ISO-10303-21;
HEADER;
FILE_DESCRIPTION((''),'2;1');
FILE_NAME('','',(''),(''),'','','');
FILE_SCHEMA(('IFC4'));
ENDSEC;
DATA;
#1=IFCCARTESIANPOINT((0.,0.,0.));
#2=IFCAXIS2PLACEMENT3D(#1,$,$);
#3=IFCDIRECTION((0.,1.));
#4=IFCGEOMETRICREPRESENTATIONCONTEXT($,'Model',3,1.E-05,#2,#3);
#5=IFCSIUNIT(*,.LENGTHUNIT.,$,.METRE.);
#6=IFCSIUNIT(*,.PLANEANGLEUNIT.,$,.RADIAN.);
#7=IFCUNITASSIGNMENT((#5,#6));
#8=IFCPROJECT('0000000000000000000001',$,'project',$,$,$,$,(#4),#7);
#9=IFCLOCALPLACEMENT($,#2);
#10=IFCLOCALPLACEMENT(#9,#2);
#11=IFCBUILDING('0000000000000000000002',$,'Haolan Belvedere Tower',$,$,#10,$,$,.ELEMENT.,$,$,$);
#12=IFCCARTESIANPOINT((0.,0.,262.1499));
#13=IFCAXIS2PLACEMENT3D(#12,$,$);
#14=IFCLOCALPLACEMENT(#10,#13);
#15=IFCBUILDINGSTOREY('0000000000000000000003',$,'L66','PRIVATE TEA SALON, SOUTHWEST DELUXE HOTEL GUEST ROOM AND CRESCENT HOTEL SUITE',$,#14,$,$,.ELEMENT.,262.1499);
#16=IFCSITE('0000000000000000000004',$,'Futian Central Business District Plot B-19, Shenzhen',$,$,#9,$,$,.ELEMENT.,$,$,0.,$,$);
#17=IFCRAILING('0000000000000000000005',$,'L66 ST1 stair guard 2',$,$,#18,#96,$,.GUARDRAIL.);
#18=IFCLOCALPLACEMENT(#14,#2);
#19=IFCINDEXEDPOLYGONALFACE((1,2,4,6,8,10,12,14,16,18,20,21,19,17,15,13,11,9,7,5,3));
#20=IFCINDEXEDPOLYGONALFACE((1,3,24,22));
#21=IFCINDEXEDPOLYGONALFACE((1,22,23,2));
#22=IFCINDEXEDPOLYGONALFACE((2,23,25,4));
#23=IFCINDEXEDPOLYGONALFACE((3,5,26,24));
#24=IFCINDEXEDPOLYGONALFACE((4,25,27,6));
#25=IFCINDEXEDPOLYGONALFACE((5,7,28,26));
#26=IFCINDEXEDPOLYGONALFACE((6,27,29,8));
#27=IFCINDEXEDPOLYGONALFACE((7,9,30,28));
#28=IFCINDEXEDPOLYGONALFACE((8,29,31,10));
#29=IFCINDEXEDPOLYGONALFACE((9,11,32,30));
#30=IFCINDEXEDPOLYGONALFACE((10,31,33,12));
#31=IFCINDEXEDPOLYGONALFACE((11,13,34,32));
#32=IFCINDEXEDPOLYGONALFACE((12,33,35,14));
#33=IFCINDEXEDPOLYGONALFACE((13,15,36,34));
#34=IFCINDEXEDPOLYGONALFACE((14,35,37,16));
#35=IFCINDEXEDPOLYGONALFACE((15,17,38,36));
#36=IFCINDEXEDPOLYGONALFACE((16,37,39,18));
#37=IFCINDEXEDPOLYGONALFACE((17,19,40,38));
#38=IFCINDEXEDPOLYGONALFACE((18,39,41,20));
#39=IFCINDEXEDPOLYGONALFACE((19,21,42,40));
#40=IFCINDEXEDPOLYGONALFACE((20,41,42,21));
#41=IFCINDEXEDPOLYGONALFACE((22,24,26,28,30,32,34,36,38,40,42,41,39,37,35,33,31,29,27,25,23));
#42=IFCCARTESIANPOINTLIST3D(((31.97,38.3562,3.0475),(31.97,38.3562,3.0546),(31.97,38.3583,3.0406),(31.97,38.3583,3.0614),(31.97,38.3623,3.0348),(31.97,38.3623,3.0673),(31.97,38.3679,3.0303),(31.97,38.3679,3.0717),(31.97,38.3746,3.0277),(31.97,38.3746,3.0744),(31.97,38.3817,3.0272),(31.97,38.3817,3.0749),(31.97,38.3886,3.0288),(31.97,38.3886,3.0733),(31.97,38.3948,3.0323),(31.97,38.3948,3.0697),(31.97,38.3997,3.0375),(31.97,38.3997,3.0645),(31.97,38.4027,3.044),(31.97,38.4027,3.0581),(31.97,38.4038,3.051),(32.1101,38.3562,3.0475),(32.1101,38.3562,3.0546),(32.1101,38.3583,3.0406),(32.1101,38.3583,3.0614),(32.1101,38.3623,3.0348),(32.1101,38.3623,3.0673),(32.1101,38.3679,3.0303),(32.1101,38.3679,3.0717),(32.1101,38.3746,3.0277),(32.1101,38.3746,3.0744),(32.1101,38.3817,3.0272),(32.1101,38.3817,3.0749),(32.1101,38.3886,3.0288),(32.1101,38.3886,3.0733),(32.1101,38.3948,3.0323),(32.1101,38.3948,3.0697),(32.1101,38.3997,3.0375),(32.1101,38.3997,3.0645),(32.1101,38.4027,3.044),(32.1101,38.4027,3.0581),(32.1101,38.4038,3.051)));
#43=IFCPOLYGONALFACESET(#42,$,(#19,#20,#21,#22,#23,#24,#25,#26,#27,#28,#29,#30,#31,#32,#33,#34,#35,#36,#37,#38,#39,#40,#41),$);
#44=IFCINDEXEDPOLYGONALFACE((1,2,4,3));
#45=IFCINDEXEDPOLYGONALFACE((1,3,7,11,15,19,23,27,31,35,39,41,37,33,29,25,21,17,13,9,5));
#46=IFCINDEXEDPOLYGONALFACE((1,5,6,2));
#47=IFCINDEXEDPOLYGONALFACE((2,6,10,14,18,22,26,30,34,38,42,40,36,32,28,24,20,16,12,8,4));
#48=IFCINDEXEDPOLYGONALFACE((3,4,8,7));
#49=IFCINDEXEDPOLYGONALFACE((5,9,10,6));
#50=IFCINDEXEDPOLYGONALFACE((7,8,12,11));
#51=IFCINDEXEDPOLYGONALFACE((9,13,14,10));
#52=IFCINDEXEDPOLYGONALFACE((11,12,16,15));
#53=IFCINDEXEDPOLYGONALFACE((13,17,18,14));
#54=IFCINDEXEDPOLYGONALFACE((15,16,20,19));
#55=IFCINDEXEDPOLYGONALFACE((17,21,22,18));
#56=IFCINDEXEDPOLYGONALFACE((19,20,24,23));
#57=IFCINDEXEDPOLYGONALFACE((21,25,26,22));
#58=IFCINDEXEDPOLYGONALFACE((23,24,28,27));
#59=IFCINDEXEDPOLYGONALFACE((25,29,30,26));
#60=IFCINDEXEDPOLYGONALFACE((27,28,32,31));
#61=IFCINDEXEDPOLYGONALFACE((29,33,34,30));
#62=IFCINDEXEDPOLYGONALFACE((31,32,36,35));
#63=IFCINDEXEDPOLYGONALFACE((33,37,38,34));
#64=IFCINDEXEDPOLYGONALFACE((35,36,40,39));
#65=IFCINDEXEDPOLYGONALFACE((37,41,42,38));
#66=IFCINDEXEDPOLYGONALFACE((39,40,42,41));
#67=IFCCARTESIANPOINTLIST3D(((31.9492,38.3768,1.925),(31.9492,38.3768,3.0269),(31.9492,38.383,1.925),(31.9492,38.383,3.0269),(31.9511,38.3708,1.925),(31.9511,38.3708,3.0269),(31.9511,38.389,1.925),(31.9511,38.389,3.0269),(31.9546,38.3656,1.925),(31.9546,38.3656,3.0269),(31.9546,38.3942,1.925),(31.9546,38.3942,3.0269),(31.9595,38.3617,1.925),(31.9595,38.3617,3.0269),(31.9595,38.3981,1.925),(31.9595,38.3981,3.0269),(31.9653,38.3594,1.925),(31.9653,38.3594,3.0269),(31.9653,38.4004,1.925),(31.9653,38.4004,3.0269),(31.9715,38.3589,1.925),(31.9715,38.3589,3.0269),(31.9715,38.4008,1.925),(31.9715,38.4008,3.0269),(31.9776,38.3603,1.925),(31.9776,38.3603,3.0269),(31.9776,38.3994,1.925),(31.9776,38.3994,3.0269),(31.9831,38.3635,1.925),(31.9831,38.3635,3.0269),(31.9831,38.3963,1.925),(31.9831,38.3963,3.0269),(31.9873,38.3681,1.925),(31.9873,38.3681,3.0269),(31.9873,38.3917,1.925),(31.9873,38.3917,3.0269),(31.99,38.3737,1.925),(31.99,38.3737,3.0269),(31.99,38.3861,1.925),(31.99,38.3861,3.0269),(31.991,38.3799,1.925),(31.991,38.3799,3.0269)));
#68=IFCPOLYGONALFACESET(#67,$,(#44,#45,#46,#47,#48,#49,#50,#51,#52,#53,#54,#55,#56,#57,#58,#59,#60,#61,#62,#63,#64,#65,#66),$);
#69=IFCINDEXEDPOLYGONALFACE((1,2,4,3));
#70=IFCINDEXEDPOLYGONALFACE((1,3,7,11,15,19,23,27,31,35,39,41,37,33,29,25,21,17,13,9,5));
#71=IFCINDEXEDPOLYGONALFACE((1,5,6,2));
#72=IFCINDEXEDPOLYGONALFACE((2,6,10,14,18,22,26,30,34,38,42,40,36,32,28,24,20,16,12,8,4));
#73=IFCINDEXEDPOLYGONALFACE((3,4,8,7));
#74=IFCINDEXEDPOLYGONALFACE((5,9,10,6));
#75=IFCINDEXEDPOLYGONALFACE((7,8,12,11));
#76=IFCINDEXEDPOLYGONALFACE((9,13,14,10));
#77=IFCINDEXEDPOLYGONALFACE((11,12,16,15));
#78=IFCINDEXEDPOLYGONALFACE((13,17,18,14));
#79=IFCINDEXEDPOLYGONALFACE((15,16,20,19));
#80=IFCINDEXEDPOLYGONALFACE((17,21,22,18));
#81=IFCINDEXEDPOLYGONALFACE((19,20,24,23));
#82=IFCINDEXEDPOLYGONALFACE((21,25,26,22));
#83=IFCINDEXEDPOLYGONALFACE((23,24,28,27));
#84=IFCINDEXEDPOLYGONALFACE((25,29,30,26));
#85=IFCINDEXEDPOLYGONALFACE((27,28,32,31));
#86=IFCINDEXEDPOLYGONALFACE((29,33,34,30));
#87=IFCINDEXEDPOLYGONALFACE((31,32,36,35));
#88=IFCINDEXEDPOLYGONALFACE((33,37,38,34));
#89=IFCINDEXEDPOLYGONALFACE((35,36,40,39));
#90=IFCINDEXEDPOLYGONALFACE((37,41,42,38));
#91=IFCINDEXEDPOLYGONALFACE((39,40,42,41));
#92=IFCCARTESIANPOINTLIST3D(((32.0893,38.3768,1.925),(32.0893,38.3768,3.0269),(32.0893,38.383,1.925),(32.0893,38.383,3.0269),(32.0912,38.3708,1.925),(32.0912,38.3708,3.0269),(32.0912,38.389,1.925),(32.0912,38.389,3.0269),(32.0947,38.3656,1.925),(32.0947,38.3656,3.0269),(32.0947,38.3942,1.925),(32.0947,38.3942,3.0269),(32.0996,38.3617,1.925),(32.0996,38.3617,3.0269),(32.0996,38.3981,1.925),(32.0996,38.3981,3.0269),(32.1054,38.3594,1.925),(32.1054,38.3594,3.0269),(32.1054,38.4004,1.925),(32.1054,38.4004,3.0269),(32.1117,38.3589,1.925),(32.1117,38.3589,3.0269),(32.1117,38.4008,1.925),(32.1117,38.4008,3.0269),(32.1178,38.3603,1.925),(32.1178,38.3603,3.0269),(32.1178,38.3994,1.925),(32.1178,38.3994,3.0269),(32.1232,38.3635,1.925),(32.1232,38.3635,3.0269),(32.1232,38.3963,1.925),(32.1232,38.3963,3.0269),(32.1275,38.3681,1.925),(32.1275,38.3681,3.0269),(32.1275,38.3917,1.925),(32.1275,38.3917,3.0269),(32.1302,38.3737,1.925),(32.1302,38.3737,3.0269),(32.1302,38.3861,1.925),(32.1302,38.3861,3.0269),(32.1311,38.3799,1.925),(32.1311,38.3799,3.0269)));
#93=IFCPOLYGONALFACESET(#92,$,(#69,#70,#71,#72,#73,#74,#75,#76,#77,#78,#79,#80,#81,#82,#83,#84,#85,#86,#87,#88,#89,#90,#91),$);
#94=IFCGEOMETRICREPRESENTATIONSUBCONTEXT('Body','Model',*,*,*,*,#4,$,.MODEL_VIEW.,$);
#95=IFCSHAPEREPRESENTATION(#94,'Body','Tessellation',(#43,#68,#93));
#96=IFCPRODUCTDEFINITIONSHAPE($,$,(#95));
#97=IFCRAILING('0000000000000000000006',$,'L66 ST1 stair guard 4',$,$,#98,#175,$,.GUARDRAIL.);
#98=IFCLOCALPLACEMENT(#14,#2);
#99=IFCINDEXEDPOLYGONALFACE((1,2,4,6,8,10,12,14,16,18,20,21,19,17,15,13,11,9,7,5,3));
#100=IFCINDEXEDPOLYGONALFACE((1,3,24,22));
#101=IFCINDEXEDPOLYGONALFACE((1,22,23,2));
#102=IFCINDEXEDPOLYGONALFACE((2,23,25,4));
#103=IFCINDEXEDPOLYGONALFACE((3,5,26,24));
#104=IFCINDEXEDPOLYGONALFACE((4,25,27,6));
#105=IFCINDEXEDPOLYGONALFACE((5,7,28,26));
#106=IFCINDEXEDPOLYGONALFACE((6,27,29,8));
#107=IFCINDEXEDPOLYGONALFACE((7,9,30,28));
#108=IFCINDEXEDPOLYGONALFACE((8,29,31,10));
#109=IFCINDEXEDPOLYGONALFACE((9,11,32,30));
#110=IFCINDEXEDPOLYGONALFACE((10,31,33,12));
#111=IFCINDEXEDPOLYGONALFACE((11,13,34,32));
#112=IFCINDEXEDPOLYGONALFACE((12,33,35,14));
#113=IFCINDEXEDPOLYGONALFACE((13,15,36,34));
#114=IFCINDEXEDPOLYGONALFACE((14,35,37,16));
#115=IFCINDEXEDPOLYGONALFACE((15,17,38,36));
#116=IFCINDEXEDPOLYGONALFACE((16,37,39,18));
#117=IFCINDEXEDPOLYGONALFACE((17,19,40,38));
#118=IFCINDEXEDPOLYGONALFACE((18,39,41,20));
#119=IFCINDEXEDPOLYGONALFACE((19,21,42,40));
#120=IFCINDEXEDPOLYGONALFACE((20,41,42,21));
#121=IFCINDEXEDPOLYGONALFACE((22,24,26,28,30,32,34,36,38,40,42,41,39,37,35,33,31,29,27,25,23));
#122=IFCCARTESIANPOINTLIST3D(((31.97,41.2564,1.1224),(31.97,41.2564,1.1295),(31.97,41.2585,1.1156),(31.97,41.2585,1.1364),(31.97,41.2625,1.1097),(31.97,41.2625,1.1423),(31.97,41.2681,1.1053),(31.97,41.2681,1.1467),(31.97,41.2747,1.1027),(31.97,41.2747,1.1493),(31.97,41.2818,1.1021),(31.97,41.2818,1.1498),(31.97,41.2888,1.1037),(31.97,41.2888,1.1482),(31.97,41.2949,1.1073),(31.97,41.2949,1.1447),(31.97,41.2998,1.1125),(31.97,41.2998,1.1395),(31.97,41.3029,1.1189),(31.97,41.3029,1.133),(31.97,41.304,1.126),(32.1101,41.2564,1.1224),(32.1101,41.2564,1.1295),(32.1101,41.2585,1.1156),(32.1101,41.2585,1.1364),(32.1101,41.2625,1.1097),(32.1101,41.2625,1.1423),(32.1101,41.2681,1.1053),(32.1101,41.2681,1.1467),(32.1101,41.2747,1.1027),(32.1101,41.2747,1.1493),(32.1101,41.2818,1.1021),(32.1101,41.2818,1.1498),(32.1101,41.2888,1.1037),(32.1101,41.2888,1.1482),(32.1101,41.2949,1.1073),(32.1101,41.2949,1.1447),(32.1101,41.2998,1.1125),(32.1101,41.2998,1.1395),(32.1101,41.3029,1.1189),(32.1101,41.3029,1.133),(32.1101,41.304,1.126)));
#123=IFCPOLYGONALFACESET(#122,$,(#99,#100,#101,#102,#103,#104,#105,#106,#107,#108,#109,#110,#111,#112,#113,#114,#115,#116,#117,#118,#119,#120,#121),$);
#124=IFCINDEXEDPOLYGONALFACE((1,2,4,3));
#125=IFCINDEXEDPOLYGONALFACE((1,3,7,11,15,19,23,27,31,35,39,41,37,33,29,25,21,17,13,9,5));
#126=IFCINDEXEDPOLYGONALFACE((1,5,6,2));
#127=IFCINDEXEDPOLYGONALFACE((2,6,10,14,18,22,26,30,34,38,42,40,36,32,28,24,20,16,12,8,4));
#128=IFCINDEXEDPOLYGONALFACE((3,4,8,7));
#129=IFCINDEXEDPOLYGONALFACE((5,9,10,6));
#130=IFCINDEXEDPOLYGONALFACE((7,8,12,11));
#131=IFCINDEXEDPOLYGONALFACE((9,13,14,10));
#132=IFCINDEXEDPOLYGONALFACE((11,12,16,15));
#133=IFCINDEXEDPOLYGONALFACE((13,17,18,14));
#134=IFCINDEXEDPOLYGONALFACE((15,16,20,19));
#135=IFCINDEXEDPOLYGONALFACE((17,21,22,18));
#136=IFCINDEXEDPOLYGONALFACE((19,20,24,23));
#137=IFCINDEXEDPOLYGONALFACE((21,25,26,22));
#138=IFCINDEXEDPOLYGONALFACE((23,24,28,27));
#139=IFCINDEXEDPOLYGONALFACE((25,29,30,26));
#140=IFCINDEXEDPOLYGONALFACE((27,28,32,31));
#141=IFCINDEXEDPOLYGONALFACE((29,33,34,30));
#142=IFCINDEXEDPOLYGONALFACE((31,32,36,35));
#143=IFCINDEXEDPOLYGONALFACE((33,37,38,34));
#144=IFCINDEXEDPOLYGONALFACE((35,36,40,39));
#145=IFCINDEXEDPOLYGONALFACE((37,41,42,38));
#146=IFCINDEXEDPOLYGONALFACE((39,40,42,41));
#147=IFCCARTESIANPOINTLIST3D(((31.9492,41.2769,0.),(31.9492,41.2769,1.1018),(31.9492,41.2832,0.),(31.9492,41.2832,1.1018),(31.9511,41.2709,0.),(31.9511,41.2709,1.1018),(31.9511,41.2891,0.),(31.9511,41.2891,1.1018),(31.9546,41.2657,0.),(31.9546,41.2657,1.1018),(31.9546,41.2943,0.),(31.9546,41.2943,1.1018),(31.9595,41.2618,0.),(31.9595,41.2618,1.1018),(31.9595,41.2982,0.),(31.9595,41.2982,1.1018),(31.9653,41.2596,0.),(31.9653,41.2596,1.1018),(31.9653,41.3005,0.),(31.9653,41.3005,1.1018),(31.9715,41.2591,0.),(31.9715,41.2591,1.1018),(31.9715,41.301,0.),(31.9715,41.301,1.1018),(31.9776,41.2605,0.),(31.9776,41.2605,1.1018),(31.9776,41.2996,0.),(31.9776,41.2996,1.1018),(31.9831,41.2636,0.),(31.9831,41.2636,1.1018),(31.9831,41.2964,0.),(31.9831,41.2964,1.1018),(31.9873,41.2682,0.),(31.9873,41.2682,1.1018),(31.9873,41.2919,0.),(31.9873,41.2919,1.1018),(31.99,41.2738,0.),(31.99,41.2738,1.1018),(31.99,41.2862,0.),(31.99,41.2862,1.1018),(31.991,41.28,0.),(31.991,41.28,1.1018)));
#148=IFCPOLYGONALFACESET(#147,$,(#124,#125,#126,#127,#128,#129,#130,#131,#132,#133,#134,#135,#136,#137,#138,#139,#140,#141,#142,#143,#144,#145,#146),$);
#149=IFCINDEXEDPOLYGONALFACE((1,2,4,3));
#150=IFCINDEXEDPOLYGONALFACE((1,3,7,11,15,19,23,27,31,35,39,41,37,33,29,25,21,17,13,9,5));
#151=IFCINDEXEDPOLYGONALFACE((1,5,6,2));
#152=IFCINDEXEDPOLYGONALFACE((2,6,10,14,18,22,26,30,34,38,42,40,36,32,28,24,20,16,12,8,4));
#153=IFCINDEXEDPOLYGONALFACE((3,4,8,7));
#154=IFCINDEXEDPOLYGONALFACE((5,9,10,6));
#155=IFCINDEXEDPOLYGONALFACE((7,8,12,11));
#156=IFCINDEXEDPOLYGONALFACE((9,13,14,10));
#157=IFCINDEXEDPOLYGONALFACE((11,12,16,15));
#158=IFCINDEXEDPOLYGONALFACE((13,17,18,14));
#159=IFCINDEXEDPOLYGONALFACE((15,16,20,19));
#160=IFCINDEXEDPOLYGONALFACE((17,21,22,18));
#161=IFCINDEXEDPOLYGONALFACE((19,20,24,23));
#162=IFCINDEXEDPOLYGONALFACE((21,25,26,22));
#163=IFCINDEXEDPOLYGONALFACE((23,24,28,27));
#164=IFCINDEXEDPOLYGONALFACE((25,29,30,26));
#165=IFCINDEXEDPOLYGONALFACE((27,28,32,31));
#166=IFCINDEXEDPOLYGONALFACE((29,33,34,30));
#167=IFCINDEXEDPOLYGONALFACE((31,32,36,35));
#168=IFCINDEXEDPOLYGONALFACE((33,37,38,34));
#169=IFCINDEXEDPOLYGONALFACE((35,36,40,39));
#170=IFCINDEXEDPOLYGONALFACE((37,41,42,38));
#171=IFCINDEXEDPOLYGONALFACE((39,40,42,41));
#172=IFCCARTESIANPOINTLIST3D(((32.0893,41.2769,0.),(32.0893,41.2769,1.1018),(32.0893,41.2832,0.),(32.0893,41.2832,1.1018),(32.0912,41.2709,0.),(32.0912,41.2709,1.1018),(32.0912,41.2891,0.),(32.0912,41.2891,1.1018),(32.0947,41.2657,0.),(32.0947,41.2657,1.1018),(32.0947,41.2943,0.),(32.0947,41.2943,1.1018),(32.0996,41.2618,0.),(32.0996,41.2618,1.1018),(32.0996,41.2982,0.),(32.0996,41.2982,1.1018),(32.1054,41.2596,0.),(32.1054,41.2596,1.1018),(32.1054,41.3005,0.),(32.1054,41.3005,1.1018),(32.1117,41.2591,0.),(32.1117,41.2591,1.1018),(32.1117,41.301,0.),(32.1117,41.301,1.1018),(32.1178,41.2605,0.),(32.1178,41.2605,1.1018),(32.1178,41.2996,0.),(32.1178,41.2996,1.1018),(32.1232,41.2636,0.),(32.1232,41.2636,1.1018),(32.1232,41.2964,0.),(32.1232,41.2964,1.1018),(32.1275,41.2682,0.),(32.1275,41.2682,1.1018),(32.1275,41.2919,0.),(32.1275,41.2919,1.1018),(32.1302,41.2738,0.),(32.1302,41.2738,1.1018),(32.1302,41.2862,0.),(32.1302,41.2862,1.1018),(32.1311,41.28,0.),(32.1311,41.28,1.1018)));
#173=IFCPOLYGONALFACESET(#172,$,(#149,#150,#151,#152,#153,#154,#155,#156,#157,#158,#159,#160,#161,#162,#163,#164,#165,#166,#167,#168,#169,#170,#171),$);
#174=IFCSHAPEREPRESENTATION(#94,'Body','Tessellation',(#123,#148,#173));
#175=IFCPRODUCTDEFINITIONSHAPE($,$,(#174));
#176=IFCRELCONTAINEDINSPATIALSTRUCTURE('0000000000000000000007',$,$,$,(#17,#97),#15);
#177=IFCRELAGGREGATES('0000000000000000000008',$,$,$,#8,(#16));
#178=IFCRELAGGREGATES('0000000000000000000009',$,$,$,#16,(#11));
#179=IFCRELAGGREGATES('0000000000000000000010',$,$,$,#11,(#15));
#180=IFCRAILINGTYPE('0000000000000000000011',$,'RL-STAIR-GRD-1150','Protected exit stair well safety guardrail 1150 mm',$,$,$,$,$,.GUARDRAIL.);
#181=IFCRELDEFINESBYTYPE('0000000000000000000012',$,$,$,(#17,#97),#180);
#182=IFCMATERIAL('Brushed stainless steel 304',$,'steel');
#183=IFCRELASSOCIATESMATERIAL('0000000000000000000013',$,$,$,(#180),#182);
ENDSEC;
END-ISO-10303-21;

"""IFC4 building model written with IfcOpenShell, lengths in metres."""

from ifc_helpers import new_model, si_unit, direction, frame, origin, origin_2d, place, context, subcontext, project, spatial, circle, extrude, material, type_object, element, save


model = new_model("IFC4")

# Units and contexts
model_context = context("Model", 3, precision=1e-05, world=origin(), true_north=direction((0.0, 1.0)))
body_context = subcontext(model_context, "Body", "Model", "MODEL_VIEW")
ifc_project = project(units=[si_unit("LENGTHUNIT", "METRE"), si_unit("PLANEANGLEUNIT", "RADIAN")], contexts=[model_context])

# Site, building, storey
site_placement = place(None, origin())
site = spatial("IfcSite", under=ifc_project, at=site_placement, Name="Futian Central Business District Plot B-19, Shenzhen", CompositionType="ELEMENT", RefElevation=0.0)
building_placement = place(site_placement, origin())
building = spatial("IfcBuilding", under=site, at=building_placement, Name="Haolan Belvedere Tower", CompositionType="ELEMENT")
storey_placement = place(building_placement, frame((0.0, 0.0, 262.1499)))
storey = spatial("IfcBuildingStorey", under=building, at=storey_placement, Name="L66", Description="PRIVATE TEA SALON, SOUTHWEST DELUXE HOTEL GUEST ROOM AND CRESCENT HOTEL SUITE", CompositionType="ELEMENT", Elevation=262.1499)

# Railings
ifc_material_1 = material(Name="Brushed stainless steel 304", Category="steel")
railing_type_1 = type_object("IfcRailingType", Name="RL-STAIR-GRD-1150", Description="Protected exit stair well safety guardrail 1150 mm", PredefinedType="GUARDRAIL", material=ifc_material_1)
for number, where, name in (
    (1, (31.97, 38.3799, 1.925), "L66 ST1 stair guard 2"),
    (2, (31.97, 41.28, 0.0), "L66 ST1 stair guard 4"),
):
    element("IfcRailing", number, at=place(storey_placement, frame(where)), inside=storey, type_object=railing_type_1, Name=name, PredefinedType="GUARDRAIL", context=body_context, shape_type="SweptSolid", body=[
        extrude(circle(Radius=0.0239, at=origin_2d()), frame((0.0, 0.0, 1.126), z_axis=(1.0, 0.0, 0.0), x_axis=(0.0, 1.0, 0.0)), (0.0, 0.0, 1.0), 0.1401),
        extrude(circle(Radius=0.021, at=origin_2d()), origin(), (0.0, 0.0, 1.0), 1.1018),
        extrude(circle(Radius=0.021, at=origin_2d()), frame((0.1401, 0.0, 0.0)), (0.0, 0.0, 1.0), 1.1018),
    ])

save(model, "model.ifc")
